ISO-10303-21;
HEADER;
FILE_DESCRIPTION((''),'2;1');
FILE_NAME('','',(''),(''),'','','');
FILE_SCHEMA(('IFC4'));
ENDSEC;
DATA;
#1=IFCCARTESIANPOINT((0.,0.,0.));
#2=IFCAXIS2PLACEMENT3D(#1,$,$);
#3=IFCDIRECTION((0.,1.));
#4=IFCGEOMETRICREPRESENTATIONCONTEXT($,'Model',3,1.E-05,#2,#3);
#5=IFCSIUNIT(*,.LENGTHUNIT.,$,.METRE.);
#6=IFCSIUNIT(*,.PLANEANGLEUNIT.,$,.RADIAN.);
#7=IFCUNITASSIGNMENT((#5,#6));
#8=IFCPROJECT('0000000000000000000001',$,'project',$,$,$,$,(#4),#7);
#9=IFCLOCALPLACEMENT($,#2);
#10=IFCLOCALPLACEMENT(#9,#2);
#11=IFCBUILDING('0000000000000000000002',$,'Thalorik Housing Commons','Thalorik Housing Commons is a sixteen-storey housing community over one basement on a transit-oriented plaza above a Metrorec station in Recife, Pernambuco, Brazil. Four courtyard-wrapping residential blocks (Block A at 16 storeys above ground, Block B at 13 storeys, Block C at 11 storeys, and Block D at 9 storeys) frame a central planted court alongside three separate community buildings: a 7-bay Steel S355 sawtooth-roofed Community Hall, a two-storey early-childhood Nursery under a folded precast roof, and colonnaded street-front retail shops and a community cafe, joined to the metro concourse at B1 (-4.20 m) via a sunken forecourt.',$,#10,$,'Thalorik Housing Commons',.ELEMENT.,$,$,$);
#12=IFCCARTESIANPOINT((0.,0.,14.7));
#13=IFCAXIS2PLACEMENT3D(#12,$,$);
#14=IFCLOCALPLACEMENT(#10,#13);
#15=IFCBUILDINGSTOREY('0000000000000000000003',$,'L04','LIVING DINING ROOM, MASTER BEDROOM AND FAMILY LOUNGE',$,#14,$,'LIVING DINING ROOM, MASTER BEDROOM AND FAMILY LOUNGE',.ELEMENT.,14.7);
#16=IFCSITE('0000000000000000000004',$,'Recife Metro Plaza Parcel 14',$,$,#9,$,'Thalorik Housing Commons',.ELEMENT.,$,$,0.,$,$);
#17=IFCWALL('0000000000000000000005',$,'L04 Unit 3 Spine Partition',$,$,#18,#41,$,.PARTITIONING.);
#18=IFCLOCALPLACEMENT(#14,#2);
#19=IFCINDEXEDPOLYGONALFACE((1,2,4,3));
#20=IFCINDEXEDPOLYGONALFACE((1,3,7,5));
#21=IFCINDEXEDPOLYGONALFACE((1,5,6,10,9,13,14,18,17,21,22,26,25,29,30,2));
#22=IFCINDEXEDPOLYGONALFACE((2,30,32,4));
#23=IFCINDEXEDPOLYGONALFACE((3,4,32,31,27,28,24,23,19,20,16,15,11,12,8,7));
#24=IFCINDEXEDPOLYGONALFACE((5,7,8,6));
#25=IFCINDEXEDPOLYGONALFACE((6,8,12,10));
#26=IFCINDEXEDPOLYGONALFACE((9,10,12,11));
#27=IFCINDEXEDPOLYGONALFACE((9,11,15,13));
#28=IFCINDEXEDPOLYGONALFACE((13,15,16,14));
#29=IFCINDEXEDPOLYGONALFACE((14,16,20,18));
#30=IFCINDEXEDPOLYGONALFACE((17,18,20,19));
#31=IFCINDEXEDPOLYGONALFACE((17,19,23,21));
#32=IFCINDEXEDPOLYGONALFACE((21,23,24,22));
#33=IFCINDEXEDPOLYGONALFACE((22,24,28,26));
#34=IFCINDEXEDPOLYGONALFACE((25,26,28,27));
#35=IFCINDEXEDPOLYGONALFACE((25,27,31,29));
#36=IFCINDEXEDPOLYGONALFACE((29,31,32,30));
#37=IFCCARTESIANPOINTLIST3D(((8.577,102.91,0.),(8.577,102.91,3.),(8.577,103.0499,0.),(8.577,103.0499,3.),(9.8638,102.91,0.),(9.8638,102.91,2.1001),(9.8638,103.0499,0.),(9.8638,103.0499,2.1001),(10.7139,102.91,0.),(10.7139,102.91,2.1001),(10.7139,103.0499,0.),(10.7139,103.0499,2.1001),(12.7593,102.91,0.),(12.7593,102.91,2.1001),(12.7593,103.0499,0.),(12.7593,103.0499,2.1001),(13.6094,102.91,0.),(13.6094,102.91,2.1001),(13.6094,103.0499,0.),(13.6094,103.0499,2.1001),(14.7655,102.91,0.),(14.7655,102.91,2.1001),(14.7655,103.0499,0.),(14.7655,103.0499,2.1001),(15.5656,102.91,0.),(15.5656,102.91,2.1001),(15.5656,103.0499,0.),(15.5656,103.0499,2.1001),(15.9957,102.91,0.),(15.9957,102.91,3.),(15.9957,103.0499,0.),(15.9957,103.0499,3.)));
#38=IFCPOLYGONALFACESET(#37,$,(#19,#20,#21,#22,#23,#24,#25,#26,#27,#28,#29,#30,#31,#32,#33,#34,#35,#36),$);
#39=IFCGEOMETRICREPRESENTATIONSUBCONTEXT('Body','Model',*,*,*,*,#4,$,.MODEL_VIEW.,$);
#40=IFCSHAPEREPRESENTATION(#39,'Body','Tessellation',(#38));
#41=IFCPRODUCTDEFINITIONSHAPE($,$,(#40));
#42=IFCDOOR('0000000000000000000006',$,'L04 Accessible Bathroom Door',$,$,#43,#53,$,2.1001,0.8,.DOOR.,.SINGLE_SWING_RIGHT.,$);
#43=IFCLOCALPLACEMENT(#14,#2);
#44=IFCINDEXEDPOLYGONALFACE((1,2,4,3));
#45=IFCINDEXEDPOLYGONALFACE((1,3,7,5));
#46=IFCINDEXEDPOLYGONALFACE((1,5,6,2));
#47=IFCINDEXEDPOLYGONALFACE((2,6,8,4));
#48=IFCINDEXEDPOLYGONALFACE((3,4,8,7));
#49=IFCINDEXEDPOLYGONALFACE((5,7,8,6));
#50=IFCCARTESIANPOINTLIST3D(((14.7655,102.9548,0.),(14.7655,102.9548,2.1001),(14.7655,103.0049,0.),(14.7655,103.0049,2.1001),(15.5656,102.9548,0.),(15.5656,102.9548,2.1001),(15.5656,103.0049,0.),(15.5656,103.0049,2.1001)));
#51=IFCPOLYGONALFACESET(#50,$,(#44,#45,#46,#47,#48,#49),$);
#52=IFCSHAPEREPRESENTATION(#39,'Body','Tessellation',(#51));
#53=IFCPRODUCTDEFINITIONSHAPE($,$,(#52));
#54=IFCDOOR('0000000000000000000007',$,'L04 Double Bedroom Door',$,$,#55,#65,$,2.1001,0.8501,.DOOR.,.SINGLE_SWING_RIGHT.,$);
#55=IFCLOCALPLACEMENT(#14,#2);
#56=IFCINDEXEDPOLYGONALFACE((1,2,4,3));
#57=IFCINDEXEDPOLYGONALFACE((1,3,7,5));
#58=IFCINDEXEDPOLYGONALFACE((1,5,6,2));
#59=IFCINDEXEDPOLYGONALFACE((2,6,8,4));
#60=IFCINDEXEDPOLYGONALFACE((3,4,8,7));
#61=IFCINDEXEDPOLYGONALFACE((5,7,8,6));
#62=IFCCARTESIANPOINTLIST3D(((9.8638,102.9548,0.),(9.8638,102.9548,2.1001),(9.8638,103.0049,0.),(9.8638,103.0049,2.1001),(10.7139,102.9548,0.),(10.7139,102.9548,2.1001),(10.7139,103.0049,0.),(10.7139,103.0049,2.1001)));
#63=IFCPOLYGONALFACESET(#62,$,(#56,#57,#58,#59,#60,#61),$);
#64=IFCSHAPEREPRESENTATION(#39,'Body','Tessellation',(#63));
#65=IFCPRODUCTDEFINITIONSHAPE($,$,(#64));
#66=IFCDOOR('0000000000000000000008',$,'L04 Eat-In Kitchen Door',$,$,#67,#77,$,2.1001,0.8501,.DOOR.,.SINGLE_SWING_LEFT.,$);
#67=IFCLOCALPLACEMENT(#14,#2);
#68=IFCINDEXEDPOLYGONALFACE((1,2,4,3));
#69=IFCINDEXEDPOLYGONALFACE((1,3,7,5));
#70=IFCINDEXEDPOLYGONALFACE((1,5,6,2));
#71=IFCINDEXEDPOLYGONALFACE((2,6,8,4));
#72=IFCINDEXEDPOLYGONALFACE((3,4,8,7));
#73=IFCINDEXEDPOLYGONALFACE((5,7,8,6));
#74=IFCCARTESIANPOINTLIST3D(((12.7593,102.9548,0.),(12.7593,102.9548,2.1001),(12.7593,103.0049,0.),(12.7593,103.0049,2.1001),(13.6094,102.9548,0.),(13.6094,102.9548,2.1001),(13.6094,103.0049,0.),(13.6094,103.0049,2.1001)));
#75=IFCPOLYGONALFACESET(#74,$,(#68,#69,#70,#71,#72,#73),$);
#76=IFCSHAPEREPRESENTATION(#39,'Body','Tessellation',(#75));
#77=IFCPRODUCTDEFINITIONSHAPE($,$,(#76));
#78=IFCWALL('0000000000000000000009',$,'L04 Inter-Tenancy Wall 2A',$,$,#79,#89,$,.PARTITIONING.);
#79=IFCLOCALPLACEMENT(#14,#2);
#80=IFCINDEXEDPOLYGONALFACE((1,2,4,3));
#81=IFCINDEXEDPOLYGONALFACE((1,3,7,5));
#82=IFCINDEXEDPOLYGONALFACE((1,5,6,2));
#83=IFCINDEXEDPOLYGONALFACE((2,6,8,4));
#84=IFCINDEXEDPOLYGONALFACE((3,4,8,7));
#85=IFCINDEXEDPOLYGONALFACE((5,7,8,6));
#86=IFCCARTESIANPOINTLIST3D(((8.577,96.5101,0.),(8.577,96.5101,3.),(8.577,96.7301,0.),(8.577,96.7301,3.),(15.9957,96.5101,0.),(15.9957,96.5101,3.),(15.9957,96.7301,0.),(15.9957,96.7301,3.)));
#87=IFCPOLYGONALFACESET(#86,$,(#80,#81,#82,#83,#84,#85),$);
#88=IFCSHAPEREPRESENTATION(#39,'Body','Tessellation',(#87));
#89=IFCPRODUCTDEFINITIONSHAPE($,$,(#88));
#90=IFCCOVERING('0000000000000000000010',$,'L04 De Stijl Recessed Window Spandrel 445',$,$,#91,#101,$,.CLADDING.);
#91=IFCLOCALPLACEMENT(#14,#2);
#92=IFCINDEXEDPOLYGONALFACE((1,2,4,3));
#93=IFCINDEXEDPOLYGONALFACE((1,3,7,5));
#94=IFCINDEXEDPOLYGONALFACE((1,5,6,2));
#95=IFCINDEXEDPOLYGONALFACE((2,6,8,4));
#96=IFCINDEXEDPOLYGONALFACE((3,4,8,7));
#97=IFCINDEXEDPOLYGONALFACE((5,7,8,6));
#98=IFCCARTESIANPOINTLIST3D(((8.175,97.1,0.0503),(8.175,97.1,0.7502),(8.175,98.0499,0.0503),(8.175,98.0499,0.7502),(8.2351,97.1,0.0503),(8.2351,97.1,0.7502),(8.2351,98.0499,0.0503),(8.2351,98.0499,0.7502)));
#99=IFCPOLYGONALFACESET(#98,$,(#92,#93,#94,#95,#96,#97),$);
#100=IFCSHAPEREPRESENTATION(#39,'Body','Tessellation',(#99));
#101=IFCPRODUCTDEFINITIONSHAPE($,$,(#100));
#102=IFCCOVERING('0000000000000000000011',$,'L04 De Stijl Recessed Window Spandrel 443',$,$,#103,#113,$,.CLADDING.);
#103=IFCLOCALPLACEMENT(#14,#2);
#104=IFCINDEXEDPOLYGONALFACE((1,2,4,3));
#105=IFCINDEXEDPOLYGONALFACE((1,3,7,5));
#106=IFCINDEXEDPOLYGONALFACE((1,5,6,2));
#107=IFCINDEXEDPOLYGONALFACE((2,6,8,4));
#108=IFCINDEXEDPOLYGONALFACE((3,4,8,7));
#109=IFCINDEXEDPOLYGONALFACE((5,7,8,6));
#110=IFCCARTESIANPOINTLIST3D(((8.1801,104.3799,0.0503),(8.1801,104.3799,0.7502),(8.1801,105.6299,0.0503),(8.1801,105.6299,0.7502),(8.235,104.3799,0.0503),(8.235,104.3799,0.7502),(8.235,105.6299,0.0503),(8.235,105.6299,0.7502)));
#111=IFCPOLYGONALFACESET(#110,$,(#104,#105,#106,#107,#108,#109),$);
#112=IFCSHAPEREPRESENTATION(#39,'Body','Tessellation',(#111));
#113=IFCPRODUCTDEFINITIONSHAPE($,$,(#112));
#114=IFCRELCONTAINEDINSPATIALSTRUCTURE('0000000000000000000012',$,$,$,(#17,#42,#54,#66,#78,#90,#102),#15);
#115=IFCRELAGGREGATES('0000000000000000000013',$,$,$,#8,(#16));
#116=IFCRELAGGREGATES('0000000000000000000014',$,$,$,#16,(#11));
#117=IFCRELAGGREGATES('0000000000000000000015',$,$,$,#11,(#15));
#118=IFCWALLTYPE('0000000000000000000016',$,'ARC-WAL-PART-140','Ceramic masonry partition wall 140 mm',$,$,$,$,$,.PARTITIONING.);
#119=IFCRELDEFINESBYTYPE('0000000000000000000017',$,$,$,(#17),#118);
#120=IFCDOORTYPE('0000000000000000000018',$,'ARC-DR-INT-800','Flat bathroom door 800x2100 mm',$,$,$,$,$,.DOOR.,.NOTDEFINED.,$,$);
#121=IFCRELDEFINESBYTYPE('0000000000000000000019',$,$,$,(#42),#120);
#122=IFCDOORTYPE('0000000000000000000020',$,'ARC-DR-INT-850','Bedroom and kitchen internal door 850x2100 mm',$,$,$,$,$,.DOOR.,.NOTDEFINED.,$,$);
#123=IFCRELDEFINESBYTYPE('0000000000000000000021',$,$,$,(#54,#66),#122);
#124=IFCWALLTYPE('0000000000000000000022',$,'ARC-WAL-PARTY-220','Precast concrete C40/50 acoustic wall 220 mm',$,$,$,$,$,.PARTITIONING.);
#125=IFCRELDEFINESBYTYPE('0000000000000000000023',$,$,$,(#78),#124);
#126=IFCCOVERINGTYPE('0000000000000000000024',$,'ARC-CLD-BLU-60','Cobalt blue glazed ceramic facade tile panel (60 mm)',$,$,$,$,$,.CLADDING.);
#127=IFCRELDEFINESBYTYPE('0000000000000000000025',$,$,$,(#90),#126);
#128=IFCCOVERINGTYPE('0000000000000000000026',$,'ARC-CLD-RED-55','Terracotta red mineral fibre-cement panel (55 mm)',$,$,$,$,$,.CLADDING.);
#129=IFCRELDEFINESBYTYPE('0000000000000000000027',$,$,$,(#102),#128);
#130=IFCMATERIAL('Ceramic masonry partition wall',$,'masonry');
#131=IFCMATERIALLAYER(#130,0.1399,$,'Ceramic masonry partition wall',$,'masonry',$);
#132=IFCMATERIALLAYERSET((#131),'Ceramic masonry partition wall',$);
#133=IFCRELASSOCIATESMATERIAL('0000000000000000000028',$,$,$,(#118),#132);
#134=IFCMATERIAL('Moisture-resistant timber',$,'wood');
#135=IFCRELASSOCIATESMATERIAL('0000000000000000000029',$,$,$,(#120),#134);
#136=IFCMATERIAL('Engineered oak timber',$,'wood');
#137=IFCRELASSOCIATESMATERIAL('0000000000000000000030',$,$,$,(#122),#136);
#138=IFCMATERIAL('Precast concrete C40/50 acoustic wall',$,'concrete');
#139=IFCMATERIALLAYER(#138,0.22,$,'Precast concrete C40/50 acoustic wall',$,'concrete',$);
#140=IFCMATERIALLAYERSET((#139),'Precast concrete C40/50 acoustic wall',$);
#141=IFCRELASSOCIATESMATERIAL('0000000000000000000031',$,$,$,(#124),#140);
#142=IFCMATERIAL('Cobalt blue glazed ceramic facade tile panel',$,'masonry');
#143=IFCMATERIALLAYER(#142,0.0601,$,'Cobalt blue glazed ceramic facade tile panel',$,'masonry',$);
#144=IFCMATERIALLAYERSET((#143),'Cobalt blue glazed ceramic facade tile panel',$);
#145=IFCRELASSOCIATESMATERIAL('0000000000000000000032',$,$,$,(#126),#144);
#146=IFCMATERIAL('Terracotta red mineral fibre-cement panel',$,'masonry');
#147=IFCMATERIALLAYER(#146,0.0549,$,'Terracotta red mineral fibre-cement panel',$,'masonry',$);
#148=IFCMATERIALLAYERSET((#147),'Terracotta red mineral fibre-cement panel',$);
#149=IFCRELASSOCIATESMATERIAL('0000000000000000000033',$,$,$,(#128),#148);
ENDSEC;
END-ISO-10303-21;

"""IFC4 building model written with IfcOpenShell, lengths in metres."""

from ifc_helpers import new_model, si_unit, direction, frame, frame_2d, origin, origin_2d, place, context, subcontext, project, spatial, rectangle, extrude, material, layer, layer_set, type_object, element, fill, save


model = new_model("IFC4")

# Units and contexts
model_context = context("Model", 3, precision=1e-05, world=origin(), true_north=direction((0.0, 1.0)))
body_context = subcontext(model_context, "Body", "Model", "MODEL_VIEW")
ifc_project = project(units=[si_unit("LENGTHUNIT", "METRE"), si_unit("PLANEANGLEUNIT", "RADIAN")], contexts=[model_context])

# Site, building, storey
site_placement = place(None, origin())
site = spatial("IfcSite", under=ifc_project, at=site_placement, Name="Recife Metro Plaza Parcel 14", LongName="Thalorik Housing Commons", CompositionType="ELEMENT", RefElevation=0.0)
building_placement = place(site_placement, origin())
building = spatial("IfcBuilding", under=site, at=building_placement, Name="Thalorik Housing Commons", Description="Thalorik Housing Commons is a sixteen-storey housing community over one basement on a transit-oriented plaza above a Metrorec station in Recife, Pernambuco, Brazil. Four courtyard-wrapping residential blocks (Block A at 16 storeys above ground, Block B at 13 storeys, Block C at 11 storeys, and Block D at 9 storeys) frame a central planted court alongside three separate community buildings: a 7-bay Steel S355 sawtooth-roofed Community Hall, a two-storey early-childhood Nursery under a folded precast roof, and colonnaded street-front retail shops and a community cafe, joined to the metro concourse at B1 (-4.20 m) via a sunken forecourt.", LongName="Thalorik Housing Commons", CompositionType="ELEMENT")
storey_placement = place(building_placement, frame((0.0, 0.0, 14.7)))
storey = spatial("IfcBuildingStorey", under=building, at=storey_placement, Name="L04", Description="LIVING DINING ROOM, MASTER BEDROOM AND FAMILY LOUNGE", LongName="LIVING DINING ROOM, MASTER BEDROOM AND FAMILY LOUNGE", CompositionType="ELEMENT", Elevation=14.7)

# Wall, openings, doors
ifc_material_1 = material(Name="Ceramic masonry partition wall", Category="masonry")
ifc_layer_1 = layer(ifc_material_1, 0.1399, Name="Ceramic masonry partition wall", Category="masonry")
ifc_layer_set_1 = layer_set([ifc_layer_1], Name="Ceramic masonry partition wall")
wall_type_1 = type_object("IfcWallType", Name="ARC-WAL-PART-140", Description="Ceramic masonry partition wall 140 mm", PredefinedType="PARTITIONING", material=ifc_layer_set_1)
wall_1_placement = place(storey_placement, frame((8.5769, 102.98, 0.0), z_axis=(0.0, 0.0, 1.0), x_axis=(1.0, 0.0, 0.0)))
wall_1 = element("IfcWall", 1, at=wall_1_placement, inside=storey, type_object=wall_type_1, Name="L04 Unit 3 Spine Partition", PredefinedType="PARTITIONING", context=body_context, shape_type="SweptSolid", body=[
    extrude(rectangle(XDim=7.4187, YDim=0.1399, at=frame_2d((3.7095, 0.0))), origin(), (0.0, 0.0, 1.0), 3.0),
])
opening_1_placement = place(wall_1_placement, frame((1.2869, 0.0, 0.0)))
opening_1 = element("IfcOpeningElement", 2, at=opening_1_placement, cuts=wall_1, PredefinedType="OPENING", context=body_context, shape_type="SweptSolid", body=[
    extrude(rectangle(XDim=0.8501, YDim=2.1001, at=frame_2d((0.425, 1.05))), frame((0.0, 0.0801, 0.0), z_axis=(0.0, -1.0, 0.0), x_axis=(1.0, 0.0, 0.0)), (0.0, 0.0, 1.0), 0.1599),
])
opening_2_placement = place(wall_1_placement, frame((4.1824, 0.0, 0.0)))
opening_2 = element("IfcOpeningElement", 3, at=opening_2_placement, cuts=wall_1, PredefinedType="OPENING", context=body_context, shape_type="SweptSolid", body=[
    extrude(rectangle(XDim=0.8501, YDim=2.1001, at=frame_2d((0.425, 1.05))), frame((0.0, 0.0801, 0.0), z_axis=(0.0, -1.0, 0.0), x_axis=(1.0, 0.0, 0.0)), (0.0, 0.0, 1.0), 0.1599),
])
opening_3_placement = place(wall_1_placement, frame((6.1887, 0.0, 0.0)))
opening_3 = element("IfcOpeningElement", 4, at=opening_3_placement, cuts=wall_1, PredefinedType="OPENING", context=body_context, shape_type="SweptSolid", body=[
    extrude(rectangle(XDim=0.8, YDim=2.1001, at=frame_2d((0.3999, 1.05))), frame((0.0, 0.0801, 0.0), z_axis=(0.0, -1.0, 0.0), x_axis=(1.0, 0.0, 0.0)), (0.0, 0.0, 1.0), 0.1599),
])
ifc_material_2 = material(Name="Moisture-resistant timber", Category="wood")
door_type_1 = type_object("IfcDoorType", Name="ARC-DR-INT-800", Description="Flat bathroom door 800x2100 mm", OperationType="NOTDEFINED", PredefinedType="DOOR", material=ifc_material_2)
door_1_placement = place(opening_3_placement, origin())
door_1 = element("IfcDoor", 5, at=door_1_placement, inside=storey, type_object=door_type_1, Name="L04 Accessible Bathroom Door", OperationType="SINGLE_SWING_RIGHT", OverallHeight=2.1001, OverallWidth=0.8, PredefinedType="DOOR", context=body_context, shape_type="SweptSolid", body=[
    extrude(rectangle(XDim=0.8, YDim=2.1001, at=frame_2d((0.3999, 1.05))), frame((0.0, 0.0249, 0.0), z_axis=(0.0, -1.0, 0.0), x_axis=(1.0, 0.0, 0.0)), (0.0, 0.0, 1.0), 0.05),
])
fill(opening_3, door_1)
ifc_material_3 = material(Name="Engineered oak timber", Category="wood")
door_type_2 = type_object("IfcDoorType", Name="ARC-DR-INT-850", Description="Bedroom and kitchen internal door 850x2100 mm", OperationType="NOTDEFINED", PredefinedType="DOOR", material=ifc_material_3)
door_2_placement = place(opening_1_placement, origin())
door_2 = element("IfcDoor", 6, at=door_2_placement, inside=storey, type_object=door_type_2, Name="L04 Double Bedroom Door", OperationType="SINGLE_SWING_RIGHT", OverallHeight=2.1001, OverallWidth=0.8501, PredefinedType="DOOR", context=body_context, shape_type="SweptSolid", body=[
    extrude(rectangle(XDim=0.8501, YDim=2.1001, at=frame_2d((0.425, 1.05))), frame((0.0, 0.0249, 0.0), z_axis=(0.0, -1.0, 0.0), x_axis=(1.0, 0.0, 0.0)), (0.0, 0.0, 1.0), 0.05),
])
fill(opening_1, door_2)
door_3_placement = place(opening_2_placement, origin())
door_3 = element("IfcDoor", 7, at=door_3_placement, inside=storey, type_object=door_type_2, Name="L04 Eat-In Kitchen Door", OperationType="SINGLE_SWING_LEFT", OverallHeight=2.1001, OverallWidth=0.8501, PredefinedType="DOOR", context=body_context, shape_type="SweptSolid", body=[
    extrude(rectangle(XDim=0.8501, YDim=2.1001, at=frame_2d((0.425, 1.05))), frame((0.0, 0.0249, 0.0), z_axis=(0.0, -1.0, 0.0), x_axis=(1.0, 0.0, 0.0)), (0.0, 0.0, 1.0), 0.05),
])
fill(opening_2, door_3)

# Wall
ifc_material_4 = material(Name="Precast concrete C40/50 acoustic wall", Category="concrete")
ifc_layer_2 = layer(ifc_material_4, 0.22, Name="Precast concrete C40/50 acoustic wall", Category="concrete")
ifc_layer_set_2 = layer_set([ifc_layer_2], Name="Precast concrete C40/50 acoustic wall")
wall_type_2 = type_object("IfcWallType", Name="ARC-WAL-PARTY-220", Description="Precast concrete C40/50 acoustic wall 220 mm", PredefinedType="PARTITIONING", material=ifc_layer_set_2)
wall_2_placement = place(storey_placement, frame((8.5769, 96.6201, 0.0), z_axis=(0.0, 0.0, 1.0), x_axis=(1.0, 0.0, 0.0)))
element("IfcWall", 8, at=wall_2_placement, inside=storey, type_object=wall_type_2, Name="L04 Inter-Tenancy Wall 2A", PredefinedType="PARTITIONING", context=body_context, shape_type="SweptSolid", body=[
    extrude(rectangle(XDim=7.4187, YDim=0.22, at=frame_2d((3.7095, 0.0))), origin(), (0.0, 0.0, 1.0), 3.0),
])

# Coverings
ifc_material_5 = material(Name="Cobalt blue glazed ceramic facade tile panel", Category="masonry")
ifc_layer_3 = layer(ifc_material_5, 0.0601, Name="Cobalt blue glazed ceramic facade tile panel", Category="masonry")
ifc_layer_set_3 = layer_set([ifc_layer_3], Name="Cobalt blue glazed ceramic facade tile panel")
covering_type_1 = type_object("IfcCoveringType", Name="ARC-CLD-BLU-60", Description="Cobalt blue glazed ceramic facade tile panel (60 mm)", PredefinedType="CLADDING", material=ifc_layer_set_3)
covering_1_placement = place(storey_placement, frame((8.2051, 97.575, 0.0503), z_axis=(0.0, 0.0, 1.0), x_axis=(0.0, -1.0, 0.0)))
element("IfcCovering", 9, at=covering_1_placement, inside=storey, type_object=covering_type_1, Name="L04 De Stijl Recessed Window Spandrel 445", PredefinedType="CLADDING", context=body_context, shape_type="SweptSolid", body=[
    extrude(rectangle(XDim=0.95, YDim=0.0601, at=origin_2d()), origin(), (0.0, 0.0, 1.0), 0.7),
])
ifc_material_6 = material(Name="Terracotta red mineral fibre-cement panel", Category="masonry")
ifc_layer_4 = layer(ifc_material_6, 0.0549, Name="Terracotta red mineral fibre-cement panel", Category="masonry")
ifc_layer_set_4 = layer_set([ifc_layer_4], Name="Terracotta red mineral fibre-cement panel")
covering_type_2 = type_object("IfcCoveringType", Name="ARC-CLD-RED-55", Description="Terracotta red mineral fibre-cement panel (55 mm)", PredefinedType="CLADDING", material=ifc_layer_set_4)
covering_2_placement = place(storey_placement, frame((8.2075, 105.0049, 0.0503), z_axis=(0.0, 0.0, 1.0), x_axis=(0.0, -1.0, 0.0)))
element("IfcCovering", 10, at=covering_2_placement, inside=storey, type_object=covering_type_2, Name="L04 De Stijl Recessed Window Spandrel 443", PredefinedType="CLADDING", context=body_context, shape_type="SweptSolid", body=[
    extrude(rectangle(XDim=1.25, YDim=0.0549, at=origin_2d()), origin(), (0.0, 0.0, 1.0), 0.7),
])

save(model, "model.ifc")
